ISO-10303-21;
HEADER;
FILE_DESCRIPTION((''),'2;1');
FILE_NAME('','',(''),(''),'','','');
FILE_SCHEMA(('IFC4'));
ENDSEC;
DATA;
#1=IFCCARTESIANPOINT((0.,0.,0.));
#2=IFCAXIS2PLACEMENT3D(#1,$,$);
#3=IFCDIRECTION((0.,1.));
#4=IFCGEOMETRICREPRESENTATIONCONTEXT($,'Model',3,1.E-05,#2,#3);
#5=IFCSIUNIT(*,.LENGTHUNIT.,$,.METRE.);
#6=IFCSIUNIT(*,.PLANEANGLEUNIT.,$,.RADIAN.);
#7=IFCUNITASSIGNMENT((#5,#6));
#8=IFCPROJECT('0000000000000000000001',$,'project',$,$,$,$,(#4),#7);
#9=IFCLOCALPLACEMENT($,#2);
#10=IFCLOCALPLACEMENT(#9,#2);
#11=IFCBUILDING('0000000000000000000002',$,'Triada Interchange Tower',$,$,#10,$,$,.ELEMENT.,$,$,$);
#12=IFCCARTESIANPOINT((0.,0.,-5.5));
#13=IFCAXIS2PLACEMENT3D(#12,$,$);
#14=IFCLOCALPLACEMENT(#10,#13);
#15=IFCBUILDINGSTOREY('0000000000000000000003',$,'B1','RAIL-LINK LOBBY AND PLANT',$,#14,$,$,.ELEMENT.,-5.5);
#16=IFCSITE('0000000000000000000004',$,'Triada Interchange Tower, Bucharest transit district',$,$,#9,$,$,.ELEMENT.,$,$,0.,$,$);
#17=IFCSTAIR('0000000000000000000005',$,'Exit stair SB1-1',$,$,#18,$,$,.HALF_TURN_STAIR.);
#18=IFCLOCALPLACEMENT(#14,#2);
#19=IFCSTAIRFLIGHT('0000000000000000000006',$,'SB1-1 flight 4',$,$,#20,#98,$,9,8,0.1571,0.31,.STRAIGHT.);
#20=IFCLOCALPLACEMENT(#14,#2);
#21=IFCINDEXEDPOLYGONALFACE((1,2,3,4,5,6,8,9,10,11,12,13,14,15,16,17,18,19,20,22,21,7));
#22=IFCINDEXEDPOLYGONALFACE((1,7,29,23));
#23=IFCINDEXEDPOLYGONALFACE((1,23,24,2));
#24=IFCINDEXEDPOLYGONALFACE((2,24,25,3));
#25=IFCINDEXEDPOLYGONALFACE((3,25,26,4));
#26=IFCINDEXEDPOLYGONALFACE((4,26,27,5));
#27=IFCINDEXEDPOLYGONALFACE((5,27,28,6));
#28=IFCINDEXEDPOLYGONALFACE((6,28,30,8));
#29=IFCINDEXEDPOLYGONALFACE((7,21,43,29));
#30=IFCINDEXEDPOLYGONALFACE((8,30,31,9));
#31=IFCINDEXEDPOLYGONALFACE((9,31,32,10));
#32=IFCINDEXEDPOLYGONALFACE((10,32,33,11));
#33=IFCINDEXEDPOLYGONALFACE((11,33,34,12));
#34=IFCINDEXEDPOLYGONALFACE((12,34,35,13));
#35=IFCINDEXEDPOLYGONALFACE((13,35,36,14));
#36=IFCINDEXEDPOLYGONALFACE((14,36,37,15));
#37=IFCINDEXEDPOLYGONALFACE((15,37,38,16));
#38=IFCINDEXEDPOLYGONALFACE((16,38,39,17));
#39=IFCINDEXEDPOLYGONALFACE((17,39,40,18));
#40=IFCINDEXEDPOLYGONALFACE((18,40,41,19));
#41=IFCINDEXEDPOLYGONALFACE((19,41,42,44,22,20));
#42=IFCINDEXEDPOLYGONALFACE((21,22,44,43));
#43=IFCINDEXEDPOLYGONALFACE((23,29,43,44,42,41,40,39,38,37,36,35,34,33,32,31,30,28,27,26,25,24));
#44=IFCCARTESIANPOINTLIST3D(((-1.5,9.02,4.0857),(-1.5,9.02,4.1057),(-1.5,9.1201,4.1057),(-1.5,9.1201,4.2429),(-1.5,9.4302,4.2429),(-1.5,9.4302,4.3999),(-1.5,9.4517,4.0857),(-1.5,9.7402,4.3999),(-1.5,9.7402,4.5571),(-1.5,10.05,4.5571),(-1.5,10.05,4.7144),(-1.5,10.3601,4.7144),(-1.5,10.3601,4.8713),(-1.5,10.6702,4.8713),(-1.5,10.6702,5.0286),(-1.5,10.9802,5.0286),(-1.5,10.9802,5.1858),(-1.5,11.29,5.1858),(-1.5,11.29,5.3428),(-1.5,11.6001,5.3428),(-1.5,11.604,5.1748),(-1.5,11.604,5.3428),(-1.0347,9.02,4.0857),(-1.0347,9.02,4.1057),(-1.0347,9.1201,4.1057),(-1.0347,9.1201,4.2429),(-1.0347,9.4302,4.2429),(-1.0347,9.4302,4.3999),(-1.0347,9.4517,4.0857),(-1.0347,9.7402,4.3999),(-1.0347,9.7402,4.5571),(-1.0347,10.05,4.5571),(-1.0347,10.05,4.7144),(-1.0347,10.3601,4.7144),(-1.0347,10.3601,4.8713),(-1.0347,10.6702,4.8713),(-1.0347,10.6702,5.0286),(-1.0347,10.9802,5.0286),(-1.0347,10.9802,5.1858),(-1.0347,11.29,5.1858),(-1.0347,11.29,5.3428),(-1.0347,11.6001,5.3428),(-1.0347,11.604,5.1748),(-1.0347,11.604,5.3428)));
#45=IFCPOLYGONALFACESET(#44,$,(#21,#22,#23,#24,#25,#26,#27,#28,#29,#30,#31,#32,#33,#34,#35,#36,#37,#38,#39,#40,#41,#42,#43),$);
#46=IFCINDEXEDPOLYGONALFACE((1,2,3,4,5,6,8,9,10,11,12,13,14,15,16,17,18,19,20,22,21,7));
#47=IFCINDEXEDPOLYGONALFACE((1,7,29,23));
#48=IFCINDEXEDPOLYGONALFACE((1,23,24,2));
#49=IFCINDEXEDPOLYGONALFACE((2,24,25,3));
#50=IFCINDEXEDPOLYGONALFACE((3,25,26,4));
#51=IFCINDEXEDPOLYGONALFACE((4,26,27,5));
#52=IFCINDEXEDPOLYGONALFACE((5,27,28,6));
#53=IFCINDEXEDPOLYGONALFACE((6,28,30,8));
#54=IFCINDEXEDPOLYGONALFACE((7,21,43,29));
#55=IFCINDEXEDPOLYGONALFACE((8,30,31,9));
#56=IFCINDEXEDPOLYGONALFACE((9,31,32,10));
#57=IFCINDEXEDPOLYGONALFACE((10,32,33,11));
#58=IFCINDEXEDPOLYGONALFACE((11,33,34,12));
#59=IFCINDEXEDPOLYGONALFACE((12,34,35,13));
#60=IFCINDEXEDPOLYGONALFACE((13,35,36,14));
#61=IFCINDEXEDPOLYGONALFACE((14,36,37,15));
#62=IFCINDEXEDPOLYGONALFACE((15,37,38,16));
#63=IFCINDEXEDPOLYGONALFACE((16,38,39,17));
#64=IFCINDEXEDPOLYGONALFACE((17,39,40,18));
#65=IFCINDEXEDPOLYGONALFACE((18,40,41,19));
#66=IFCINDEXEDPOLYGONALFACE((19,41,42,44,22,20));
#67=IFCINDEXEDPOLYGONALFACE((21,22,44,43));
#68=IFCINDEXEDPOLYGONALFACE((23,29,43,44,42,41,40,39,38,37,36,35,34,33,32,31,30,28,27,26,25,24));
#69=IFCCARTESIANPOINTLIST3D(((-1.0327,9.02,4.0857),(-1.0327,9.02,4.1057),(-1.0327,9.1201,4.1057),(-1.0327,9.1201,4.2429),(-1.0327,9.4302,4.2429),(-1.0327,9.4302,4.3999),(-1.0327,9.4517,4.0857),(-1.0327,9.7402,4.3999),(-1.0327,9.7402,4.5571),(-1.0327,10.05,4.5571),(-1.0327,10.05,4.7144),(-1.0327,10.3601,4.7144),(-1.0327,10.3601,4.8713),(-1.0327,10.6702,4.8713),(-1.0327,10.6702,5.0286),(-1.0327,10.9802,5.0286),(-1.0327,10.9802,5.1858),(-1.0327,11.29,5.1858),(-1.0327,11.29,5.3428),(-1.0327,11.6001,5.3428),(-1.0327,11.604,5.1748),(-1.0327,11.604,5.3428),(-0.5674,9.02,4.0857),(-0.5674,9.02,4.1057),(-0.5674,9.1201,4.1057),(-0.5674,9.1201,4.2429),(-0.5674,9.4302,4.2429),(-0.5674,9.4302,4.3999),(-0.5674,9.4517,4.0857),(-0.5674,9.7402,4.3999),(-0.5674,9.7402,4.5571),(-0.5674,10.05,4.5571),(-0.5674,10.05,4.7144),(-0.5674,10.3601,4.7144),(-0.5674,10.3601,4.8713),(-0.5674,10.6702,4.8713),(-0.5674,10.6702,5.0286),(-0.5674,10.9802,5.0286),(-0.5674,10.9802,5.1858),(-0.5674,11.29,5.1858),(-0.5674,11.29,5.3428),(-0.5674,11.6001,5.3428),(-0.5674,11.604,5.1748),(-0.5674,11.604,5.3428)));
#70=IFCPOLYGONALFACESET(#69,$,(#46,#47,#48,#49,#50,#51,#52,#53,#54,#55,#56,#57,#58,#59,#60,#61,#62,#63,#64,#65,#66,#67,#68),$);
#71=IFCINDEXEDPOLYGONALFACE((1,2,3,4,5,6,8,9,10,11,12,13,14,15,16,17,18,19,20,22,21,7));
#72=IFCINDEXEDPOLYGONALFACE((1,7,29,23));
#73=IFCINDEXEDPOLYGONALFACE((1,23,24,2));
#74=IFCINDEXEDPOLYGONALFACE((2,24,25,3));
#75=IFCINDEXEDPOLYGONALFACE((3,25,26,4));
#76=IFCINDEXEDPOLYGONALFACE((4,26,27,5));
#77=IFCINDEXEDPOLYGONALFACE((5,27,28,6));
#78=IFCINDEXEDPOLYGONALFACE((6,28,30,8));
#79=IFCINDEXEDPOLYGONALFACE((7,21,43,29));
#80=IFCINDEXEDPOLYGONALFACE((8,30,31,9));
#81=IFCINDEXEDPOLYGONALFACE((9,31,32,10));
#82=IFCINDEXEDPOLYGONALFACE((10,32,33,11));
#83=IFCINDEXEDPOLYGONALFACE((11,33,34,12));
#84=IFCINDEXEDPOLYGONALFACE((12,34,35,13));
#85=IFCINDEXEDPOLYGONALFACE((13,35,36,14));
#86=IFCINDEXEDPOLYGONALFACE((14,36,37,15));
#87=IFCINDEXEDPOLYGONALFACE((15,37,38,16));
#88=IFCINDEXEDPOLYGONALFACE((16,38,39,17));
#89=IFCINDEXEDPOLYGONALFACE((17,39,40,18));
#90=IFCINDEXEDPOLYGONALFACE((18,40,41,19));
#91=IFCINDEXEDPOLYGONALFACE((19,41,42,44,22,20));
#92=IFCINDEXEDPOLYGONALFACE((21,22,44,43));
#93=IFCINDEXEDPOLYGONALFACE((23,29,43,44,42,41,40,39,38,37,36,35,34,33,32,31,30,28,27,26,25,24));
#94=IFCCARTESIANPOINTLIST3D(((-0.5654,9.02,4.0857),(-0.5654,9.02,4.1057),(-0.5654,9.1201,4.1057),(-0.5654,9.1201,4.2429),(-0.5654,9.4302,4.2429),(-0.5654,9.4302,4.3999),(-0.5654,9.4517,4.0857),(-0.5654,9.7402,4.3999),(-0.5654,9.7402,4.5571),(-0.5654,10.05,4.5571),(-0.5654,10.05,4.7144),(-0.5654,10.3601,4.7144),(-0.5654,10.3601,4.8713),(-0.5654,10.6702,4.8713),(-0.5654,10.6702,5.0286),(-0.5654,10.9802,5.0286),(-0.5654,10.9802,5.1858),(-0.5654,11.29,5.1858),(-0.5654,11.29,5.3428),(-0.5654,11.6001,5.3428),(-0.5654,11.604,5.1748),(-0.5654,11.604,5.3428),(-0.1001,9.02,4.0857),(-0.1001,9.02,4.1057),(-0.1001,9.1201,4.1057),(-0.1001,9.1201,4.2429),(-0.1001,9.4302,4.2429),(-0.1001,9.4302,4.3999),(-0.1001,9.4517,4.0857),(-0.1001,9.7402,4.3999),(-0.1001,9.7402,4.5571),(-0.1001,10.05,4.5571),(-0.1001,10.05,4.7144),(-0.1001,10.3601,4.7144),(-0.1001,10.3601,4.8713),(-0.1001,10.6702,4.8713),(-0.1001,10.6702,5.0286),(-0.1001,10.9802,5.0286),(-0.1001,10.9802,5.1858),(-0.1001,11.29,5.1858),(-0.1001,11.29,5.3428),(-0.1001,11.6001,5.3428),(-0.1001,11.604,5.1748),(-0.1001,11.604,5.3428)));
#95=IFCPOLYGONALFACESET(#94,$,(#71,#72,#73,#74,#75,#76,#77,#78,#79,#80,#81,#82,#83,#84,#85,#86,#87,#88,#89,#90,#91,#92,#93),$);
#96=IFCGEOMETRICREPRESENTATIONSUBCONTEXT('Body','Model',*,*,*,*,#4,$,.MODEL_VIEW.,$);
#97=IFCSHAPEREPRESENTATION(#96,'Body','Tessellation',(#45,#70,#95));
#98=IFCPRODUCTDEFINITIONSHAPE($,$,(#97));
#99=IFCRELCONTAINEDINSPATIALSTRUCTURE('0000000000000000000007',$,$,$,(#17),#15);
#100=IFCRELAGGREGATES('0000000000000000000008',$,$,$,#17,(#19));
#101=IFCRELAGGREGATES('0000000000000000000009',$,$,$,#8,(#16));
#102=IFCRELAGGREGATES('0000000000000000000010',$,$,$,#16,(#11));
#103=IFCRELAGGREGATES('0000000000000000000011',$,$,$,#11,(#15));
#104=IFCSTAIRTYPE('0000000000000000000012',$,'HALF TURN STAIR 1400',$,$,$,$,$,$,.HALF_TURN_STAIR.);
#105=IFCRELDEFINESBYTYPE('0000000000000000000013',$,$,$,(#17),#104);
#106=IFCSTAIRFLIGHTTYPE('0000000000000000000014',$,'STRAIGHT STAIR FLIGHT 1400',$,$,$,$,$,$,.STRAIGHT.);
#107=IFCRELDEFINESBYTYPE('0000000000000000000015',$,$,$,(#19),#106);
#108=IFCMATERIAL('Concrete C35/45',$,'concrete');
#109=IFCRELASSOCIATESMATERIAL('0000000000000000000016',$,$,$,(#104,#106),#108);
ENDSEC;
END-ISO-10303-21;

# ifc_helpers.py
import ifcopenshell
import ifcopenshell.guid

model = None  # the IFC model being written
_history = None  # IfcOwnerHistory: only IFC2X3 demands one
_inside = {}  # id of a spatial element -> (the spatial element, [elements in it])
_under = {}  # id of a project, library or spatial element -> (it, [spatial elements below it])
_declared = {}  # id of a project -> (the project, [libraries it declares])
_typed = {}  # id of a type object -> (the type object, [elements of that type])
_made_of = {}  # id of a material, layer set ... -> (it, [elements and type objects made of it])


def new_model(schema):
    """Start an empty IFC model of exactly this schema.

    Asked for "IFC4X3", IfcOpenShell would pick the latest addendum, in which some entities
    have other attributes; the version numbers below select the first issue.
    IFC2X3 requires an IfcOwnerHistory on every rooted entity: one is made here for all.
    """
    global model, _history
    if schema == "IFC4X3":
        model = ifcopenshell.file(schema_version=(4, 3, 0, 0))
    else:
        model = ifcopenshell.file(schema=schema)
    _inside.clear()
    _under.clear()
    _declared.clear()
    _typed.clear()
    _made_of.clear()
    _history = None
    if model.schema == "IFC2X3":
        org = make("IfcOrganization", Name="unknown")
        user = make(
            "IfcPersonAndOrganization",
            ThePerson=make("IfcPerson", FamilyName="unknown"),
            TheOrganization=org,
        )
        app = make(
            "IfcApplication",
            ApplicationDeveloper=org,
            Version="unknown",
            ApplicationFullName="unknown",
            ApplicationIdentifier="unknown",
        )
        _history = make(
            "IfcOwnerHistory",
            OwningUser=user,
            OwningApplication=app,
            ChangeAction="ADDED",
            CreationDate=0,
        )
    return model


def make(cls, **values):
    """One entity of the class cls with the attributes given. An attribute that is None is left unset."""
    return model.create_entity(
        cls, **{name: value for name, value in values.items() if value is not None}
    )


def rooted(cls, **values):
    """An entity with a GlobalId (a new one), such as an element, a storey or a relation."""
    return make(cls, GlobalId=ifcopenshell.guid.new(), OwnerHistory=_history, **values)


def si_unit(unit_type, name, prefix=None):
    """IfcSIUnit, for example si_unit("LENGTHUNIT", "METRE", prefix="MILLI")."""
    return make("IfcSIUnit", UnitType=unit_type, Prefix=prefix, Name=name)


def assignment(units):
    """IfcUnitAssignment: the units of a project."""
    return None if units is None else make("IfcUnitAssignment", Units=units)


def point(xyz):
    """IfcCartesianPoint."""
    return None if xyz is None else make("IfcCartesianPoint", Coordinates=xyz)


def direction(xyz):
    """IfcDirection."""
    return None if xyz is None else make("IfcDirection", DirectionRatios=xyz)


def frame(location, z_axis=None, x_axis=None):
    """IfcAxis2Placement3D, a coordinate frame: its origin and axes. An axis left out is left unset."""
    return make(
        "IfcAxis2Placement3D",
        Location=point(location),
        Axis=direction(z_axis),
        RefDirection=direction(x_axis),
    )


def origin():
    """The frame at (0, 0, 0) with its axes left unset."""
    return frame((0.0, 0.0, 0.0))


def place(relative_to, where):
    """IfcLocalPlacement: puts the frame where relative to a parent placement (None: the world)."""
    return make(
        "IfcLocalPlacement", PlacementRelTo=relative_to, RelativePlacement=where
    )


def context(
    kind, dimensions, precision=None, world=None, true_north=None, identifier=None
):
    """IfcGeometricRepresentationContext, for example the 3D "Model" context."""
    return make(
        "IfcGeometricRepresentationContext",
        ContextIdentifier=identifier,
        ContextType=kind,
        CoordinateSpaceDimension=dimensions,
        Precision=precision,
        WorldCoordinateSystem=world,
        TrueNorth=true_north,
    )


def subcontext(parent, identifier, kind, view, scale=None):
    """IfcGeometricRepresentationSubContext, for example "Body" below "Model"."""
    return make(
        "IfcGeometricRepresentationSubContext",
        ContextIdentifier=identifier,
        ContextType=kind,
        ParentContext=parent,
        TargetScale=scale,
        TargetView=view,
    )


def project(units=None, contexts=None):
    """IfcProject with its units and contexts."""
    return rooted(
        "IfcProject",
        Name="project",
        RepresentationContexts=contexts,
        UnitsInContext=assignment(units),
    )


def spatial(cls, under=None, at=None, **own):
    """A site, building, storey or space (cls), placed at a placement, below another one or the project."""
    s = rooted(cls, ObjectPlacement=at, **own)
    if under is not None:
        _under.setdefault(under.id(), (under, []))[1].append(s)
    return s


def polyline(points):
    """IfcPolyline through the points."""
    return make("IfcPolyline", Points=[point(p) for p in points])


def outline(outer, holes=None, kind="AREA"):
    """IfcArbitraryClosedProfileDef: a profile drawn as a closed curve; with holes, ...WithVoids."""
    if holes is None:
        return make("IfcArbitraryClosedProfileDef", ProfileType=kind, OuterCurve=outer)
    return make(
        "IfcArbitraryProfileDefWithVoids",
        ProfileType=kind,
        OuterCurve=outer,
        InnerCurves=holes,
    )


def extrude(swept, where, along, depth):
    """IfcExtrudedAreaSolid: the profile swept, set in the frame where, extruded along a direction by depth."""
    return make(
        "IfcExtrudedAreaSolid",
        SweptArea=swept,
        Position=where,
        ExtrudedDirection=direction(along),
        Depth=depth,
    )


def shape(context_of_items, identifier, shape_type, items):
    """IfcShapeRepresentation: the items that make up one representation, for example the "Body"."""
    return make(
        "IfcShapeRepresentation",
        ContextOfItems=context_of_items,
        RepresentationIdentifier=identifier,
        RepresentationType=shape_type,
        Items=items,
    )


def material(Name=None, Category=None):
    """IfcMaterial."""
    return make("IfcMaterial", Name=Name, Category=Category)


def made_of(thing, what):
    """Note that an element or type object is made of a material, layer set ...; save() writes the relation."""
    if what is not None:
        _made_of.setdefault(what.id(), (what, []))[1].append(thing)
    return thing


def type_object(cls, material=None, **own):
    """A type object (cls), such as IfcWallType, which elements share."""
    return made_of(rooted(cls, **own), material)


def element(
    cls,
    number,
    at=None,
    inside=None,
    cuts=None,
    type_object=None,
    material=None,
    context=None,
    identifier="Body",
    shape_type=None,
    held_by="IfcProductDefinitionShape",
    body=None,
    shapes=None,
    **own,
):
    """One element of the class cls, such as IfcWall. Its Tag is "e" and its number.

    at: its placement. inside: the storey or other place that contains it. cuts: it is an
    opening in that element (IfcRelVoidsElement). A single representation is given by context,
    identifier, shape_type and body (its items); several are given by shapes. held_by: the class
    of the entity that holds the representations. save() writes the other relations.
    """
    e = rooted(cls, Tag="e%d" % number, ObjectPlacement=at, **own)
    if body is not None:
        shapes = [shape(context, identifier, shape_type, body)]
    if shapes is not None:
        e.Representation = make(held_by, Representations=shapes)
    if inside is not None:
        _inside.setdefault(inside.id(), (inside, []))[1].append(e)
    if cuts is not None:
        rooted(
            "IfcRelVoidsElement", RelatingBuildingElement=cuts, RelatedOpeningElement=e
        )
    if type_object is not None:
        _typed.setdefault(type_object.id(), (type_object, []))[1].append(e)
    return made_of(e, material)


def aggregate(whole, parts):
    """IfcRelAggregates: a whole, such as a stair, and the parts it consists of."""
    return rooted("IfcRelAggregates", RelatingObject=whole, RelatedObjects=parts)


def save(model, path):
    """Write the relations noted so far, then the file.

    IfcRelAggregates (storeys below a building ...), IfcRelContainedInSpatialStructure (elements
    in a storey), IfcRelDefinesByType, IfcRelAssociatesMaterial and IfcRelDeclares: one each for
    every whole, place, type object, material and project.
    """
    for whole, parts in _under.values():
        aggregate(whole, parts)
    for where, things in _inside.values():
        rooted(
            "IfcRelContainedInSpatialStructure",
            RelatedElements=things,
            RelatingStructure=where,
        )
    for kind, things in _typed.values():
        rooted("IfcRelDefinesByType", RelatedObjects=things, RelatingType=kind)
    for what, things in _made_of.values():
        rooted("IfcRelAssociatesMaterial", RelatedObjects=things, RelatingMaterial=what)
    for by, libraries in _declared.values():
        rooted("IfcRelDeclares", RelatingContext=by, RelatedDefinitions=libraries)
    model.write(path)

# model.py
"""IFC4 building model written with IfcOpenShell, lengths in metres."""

from ifc_helpers import new_model, si_unit, direction, frame, origin, place, context, subcontext, project, spatial, polyline, outline, extrude, material, type_object, element, aggregate, save


model = new_model("IFC4")

# Units and contexts
model_context = context("Model", 3, precision=1e-05, world=origin(), true_north=direction((0.0, 1.0)))
body_context = subcontext(model_context, "Body", "Model", "MODEL_VIEW")
ifc_project = project(units=[si_unit("LENGTHUNIT", "METRE"), si_unit("PLANEANGLEUNIT", "RADIAN")], contexts=[model_context])

# Site, building, storey
site_placement = place(None, origin())
site = spatial("IfcSite", under=ifc_project, at=site_placement, Name="Triada Interchange Tower, Bucharest transit district", CompositionType="ELEMENT", RefElevation=0.0)
building_placement = place(site_placement, origin())
building = spatial("IfcBuilding", under=site, at=building_placement, Name="Triada Interchange Tower", CompositionType="ELEMENT")
storey_placement = place(building_placement, frame((0.0, 0.0, -5.5)))
storey = spatial("IfcBuildingStorey", under=building, at=storey_placement, Name="B1", Description="RAIL-LINK LOBBY AND PLANT", CompositionType="ELEMENT", Elevation=-5.5)

# Stair, stair flight
ifc_material_1 = material(Name="Concrete C35/45", Category="concrete")
stair_type = type_object("IfcStairType", Name="HALF TURN STAIR 1400", PredefinedType="HALF_TURN_STAIR", material=ifc_material_1)
stair_placement = place(storey_placement, origin())
stair = element("IfcStair", 1, at=stair_placement, inside=storey, type_object=stair_type, Name="Exit stair SB1-1", PredefinedType="HALF_TURN_STAIR")
stair_flight_type = type_object("IfcStairFlightType", Name="STRAIGHT STAIR FLIGHT 1400", PredefinedType="STRAIGHT", material=ifc_material_1)
stair_flight_1_placement = place(storey_placement, frame((-0.8, 9.1201, 4.0857), z_axis=(0.0, 0.0, 1.0), x_axis=(0.0, 1.0, 0.0)))
stair_flight_1 = element("IfcStairFlight", 2, at=stair_flight_1_placement, type_object=stair_flight_type, Name="SB1-1 flight 4", NumberOfRisers=9, NumberOfTreads=8, PredefinedType="STRAIGHT", RiserHeight=0.1571, TreadLength=0.31, context=body_context, shape_type="SweptSolid", body=[
    extrude(outline(polyline([(-0.1001, 0.0), (-0.1001, 0.02), (0.0, 0.02), (0.0, 0.1572), (0.3101, 0.1572), (0.3101, 0.3142), (0.6201, 0.3142), (0.6201, 0.4714), (0.9299, 0.4714), (0.9299, 0.6287), (1.24, 0.6287), (1.24, 0.7856), (1.55, 0.7856), (1.55, 0.9429), (1.8601, 0.9429), (1.8601, 1.1001), (2.1699, 1.1001), (2.1699, 1.2571), (2.48, 1.2571), (2.4839, 1.2571), (2.4839, 1.4143), (2.4839, 1.0891), (0.3315, 0.0), (-0.1001, 0.0)])), frame((0.0, 0.7, 0.0), z_axis=(0.0, -1.0, 0.0), x_axis=(1.0, 0.0, 0.0)), (0.0, 0.0, 1.0), 0.4653),
    extrude(outline(polyline([(-0.1001, 0.0), (-0.1001, 0.02), (0.0, 0.02), (0.0, 0.1572), (0.3101, 0.1572), (0.3101, 0.3142), (0.6201, 0.3142), (0.6201, 0.4714), (0.9299, 0.4714), (0.9299, 0.6287), (1.24, 0.6287), (1.24, 0.7856), (1.55, 0.7856), (1.55, 0.9429), (1.8601, 0.9429), (1.8601, 1.1001), (2.1699, 1.1001), (2.1699, 1.2571), (2.48, 1.2571), (2.4839, 1.2571), (2.4839, 1.4143), (2.4839, 1.0891), (0.3315, 0.0), (-0.1001, 0.0)])), frame((0.0, 0.2327, 0.0), z_axis=(0.0, -1.0, 0.0), x_axis=(1.0, 0.0, 0.0)), (0.0, 0.0, 1.0), 0.4653),
    extrude(outline(polyline([(-0.1001, 0.0), (-0.1001, 0.02), (0.0, 0.02), (0.0, 0.1572), (0.3101, 0.1572), (0.3101, 0.3142), (0.6201, 0.3142), (0.6201, 0.4714), (0.9299, 0.4714), (0.9299, 0.6287), (1.24, 0.6287), (1.24, 0.7856), (1.55, 0.7856), (1.55, 0.9429), (1.8601, 0.9429), (1.8601, 1.1001), (2.1699, 1.1001), (2.1699, 1.2571), (2.48, 1.2571), (2.4839, 1.2571), (2.4839, 1.4143), (2.4839, 1.0891), (0.3315, 0.0), (-0.1001, 0.0)])), frame((0.0, -0.2346, 0.0), z_axis=(0.0, -1.0, 0.0), x_axis=(1.0, 0.0, 0.0)), (0.0, 0.0, 1.0), 0.4653),
])
aggregate(stair, [stair_flight_1])

save(model, "model.ifc")
